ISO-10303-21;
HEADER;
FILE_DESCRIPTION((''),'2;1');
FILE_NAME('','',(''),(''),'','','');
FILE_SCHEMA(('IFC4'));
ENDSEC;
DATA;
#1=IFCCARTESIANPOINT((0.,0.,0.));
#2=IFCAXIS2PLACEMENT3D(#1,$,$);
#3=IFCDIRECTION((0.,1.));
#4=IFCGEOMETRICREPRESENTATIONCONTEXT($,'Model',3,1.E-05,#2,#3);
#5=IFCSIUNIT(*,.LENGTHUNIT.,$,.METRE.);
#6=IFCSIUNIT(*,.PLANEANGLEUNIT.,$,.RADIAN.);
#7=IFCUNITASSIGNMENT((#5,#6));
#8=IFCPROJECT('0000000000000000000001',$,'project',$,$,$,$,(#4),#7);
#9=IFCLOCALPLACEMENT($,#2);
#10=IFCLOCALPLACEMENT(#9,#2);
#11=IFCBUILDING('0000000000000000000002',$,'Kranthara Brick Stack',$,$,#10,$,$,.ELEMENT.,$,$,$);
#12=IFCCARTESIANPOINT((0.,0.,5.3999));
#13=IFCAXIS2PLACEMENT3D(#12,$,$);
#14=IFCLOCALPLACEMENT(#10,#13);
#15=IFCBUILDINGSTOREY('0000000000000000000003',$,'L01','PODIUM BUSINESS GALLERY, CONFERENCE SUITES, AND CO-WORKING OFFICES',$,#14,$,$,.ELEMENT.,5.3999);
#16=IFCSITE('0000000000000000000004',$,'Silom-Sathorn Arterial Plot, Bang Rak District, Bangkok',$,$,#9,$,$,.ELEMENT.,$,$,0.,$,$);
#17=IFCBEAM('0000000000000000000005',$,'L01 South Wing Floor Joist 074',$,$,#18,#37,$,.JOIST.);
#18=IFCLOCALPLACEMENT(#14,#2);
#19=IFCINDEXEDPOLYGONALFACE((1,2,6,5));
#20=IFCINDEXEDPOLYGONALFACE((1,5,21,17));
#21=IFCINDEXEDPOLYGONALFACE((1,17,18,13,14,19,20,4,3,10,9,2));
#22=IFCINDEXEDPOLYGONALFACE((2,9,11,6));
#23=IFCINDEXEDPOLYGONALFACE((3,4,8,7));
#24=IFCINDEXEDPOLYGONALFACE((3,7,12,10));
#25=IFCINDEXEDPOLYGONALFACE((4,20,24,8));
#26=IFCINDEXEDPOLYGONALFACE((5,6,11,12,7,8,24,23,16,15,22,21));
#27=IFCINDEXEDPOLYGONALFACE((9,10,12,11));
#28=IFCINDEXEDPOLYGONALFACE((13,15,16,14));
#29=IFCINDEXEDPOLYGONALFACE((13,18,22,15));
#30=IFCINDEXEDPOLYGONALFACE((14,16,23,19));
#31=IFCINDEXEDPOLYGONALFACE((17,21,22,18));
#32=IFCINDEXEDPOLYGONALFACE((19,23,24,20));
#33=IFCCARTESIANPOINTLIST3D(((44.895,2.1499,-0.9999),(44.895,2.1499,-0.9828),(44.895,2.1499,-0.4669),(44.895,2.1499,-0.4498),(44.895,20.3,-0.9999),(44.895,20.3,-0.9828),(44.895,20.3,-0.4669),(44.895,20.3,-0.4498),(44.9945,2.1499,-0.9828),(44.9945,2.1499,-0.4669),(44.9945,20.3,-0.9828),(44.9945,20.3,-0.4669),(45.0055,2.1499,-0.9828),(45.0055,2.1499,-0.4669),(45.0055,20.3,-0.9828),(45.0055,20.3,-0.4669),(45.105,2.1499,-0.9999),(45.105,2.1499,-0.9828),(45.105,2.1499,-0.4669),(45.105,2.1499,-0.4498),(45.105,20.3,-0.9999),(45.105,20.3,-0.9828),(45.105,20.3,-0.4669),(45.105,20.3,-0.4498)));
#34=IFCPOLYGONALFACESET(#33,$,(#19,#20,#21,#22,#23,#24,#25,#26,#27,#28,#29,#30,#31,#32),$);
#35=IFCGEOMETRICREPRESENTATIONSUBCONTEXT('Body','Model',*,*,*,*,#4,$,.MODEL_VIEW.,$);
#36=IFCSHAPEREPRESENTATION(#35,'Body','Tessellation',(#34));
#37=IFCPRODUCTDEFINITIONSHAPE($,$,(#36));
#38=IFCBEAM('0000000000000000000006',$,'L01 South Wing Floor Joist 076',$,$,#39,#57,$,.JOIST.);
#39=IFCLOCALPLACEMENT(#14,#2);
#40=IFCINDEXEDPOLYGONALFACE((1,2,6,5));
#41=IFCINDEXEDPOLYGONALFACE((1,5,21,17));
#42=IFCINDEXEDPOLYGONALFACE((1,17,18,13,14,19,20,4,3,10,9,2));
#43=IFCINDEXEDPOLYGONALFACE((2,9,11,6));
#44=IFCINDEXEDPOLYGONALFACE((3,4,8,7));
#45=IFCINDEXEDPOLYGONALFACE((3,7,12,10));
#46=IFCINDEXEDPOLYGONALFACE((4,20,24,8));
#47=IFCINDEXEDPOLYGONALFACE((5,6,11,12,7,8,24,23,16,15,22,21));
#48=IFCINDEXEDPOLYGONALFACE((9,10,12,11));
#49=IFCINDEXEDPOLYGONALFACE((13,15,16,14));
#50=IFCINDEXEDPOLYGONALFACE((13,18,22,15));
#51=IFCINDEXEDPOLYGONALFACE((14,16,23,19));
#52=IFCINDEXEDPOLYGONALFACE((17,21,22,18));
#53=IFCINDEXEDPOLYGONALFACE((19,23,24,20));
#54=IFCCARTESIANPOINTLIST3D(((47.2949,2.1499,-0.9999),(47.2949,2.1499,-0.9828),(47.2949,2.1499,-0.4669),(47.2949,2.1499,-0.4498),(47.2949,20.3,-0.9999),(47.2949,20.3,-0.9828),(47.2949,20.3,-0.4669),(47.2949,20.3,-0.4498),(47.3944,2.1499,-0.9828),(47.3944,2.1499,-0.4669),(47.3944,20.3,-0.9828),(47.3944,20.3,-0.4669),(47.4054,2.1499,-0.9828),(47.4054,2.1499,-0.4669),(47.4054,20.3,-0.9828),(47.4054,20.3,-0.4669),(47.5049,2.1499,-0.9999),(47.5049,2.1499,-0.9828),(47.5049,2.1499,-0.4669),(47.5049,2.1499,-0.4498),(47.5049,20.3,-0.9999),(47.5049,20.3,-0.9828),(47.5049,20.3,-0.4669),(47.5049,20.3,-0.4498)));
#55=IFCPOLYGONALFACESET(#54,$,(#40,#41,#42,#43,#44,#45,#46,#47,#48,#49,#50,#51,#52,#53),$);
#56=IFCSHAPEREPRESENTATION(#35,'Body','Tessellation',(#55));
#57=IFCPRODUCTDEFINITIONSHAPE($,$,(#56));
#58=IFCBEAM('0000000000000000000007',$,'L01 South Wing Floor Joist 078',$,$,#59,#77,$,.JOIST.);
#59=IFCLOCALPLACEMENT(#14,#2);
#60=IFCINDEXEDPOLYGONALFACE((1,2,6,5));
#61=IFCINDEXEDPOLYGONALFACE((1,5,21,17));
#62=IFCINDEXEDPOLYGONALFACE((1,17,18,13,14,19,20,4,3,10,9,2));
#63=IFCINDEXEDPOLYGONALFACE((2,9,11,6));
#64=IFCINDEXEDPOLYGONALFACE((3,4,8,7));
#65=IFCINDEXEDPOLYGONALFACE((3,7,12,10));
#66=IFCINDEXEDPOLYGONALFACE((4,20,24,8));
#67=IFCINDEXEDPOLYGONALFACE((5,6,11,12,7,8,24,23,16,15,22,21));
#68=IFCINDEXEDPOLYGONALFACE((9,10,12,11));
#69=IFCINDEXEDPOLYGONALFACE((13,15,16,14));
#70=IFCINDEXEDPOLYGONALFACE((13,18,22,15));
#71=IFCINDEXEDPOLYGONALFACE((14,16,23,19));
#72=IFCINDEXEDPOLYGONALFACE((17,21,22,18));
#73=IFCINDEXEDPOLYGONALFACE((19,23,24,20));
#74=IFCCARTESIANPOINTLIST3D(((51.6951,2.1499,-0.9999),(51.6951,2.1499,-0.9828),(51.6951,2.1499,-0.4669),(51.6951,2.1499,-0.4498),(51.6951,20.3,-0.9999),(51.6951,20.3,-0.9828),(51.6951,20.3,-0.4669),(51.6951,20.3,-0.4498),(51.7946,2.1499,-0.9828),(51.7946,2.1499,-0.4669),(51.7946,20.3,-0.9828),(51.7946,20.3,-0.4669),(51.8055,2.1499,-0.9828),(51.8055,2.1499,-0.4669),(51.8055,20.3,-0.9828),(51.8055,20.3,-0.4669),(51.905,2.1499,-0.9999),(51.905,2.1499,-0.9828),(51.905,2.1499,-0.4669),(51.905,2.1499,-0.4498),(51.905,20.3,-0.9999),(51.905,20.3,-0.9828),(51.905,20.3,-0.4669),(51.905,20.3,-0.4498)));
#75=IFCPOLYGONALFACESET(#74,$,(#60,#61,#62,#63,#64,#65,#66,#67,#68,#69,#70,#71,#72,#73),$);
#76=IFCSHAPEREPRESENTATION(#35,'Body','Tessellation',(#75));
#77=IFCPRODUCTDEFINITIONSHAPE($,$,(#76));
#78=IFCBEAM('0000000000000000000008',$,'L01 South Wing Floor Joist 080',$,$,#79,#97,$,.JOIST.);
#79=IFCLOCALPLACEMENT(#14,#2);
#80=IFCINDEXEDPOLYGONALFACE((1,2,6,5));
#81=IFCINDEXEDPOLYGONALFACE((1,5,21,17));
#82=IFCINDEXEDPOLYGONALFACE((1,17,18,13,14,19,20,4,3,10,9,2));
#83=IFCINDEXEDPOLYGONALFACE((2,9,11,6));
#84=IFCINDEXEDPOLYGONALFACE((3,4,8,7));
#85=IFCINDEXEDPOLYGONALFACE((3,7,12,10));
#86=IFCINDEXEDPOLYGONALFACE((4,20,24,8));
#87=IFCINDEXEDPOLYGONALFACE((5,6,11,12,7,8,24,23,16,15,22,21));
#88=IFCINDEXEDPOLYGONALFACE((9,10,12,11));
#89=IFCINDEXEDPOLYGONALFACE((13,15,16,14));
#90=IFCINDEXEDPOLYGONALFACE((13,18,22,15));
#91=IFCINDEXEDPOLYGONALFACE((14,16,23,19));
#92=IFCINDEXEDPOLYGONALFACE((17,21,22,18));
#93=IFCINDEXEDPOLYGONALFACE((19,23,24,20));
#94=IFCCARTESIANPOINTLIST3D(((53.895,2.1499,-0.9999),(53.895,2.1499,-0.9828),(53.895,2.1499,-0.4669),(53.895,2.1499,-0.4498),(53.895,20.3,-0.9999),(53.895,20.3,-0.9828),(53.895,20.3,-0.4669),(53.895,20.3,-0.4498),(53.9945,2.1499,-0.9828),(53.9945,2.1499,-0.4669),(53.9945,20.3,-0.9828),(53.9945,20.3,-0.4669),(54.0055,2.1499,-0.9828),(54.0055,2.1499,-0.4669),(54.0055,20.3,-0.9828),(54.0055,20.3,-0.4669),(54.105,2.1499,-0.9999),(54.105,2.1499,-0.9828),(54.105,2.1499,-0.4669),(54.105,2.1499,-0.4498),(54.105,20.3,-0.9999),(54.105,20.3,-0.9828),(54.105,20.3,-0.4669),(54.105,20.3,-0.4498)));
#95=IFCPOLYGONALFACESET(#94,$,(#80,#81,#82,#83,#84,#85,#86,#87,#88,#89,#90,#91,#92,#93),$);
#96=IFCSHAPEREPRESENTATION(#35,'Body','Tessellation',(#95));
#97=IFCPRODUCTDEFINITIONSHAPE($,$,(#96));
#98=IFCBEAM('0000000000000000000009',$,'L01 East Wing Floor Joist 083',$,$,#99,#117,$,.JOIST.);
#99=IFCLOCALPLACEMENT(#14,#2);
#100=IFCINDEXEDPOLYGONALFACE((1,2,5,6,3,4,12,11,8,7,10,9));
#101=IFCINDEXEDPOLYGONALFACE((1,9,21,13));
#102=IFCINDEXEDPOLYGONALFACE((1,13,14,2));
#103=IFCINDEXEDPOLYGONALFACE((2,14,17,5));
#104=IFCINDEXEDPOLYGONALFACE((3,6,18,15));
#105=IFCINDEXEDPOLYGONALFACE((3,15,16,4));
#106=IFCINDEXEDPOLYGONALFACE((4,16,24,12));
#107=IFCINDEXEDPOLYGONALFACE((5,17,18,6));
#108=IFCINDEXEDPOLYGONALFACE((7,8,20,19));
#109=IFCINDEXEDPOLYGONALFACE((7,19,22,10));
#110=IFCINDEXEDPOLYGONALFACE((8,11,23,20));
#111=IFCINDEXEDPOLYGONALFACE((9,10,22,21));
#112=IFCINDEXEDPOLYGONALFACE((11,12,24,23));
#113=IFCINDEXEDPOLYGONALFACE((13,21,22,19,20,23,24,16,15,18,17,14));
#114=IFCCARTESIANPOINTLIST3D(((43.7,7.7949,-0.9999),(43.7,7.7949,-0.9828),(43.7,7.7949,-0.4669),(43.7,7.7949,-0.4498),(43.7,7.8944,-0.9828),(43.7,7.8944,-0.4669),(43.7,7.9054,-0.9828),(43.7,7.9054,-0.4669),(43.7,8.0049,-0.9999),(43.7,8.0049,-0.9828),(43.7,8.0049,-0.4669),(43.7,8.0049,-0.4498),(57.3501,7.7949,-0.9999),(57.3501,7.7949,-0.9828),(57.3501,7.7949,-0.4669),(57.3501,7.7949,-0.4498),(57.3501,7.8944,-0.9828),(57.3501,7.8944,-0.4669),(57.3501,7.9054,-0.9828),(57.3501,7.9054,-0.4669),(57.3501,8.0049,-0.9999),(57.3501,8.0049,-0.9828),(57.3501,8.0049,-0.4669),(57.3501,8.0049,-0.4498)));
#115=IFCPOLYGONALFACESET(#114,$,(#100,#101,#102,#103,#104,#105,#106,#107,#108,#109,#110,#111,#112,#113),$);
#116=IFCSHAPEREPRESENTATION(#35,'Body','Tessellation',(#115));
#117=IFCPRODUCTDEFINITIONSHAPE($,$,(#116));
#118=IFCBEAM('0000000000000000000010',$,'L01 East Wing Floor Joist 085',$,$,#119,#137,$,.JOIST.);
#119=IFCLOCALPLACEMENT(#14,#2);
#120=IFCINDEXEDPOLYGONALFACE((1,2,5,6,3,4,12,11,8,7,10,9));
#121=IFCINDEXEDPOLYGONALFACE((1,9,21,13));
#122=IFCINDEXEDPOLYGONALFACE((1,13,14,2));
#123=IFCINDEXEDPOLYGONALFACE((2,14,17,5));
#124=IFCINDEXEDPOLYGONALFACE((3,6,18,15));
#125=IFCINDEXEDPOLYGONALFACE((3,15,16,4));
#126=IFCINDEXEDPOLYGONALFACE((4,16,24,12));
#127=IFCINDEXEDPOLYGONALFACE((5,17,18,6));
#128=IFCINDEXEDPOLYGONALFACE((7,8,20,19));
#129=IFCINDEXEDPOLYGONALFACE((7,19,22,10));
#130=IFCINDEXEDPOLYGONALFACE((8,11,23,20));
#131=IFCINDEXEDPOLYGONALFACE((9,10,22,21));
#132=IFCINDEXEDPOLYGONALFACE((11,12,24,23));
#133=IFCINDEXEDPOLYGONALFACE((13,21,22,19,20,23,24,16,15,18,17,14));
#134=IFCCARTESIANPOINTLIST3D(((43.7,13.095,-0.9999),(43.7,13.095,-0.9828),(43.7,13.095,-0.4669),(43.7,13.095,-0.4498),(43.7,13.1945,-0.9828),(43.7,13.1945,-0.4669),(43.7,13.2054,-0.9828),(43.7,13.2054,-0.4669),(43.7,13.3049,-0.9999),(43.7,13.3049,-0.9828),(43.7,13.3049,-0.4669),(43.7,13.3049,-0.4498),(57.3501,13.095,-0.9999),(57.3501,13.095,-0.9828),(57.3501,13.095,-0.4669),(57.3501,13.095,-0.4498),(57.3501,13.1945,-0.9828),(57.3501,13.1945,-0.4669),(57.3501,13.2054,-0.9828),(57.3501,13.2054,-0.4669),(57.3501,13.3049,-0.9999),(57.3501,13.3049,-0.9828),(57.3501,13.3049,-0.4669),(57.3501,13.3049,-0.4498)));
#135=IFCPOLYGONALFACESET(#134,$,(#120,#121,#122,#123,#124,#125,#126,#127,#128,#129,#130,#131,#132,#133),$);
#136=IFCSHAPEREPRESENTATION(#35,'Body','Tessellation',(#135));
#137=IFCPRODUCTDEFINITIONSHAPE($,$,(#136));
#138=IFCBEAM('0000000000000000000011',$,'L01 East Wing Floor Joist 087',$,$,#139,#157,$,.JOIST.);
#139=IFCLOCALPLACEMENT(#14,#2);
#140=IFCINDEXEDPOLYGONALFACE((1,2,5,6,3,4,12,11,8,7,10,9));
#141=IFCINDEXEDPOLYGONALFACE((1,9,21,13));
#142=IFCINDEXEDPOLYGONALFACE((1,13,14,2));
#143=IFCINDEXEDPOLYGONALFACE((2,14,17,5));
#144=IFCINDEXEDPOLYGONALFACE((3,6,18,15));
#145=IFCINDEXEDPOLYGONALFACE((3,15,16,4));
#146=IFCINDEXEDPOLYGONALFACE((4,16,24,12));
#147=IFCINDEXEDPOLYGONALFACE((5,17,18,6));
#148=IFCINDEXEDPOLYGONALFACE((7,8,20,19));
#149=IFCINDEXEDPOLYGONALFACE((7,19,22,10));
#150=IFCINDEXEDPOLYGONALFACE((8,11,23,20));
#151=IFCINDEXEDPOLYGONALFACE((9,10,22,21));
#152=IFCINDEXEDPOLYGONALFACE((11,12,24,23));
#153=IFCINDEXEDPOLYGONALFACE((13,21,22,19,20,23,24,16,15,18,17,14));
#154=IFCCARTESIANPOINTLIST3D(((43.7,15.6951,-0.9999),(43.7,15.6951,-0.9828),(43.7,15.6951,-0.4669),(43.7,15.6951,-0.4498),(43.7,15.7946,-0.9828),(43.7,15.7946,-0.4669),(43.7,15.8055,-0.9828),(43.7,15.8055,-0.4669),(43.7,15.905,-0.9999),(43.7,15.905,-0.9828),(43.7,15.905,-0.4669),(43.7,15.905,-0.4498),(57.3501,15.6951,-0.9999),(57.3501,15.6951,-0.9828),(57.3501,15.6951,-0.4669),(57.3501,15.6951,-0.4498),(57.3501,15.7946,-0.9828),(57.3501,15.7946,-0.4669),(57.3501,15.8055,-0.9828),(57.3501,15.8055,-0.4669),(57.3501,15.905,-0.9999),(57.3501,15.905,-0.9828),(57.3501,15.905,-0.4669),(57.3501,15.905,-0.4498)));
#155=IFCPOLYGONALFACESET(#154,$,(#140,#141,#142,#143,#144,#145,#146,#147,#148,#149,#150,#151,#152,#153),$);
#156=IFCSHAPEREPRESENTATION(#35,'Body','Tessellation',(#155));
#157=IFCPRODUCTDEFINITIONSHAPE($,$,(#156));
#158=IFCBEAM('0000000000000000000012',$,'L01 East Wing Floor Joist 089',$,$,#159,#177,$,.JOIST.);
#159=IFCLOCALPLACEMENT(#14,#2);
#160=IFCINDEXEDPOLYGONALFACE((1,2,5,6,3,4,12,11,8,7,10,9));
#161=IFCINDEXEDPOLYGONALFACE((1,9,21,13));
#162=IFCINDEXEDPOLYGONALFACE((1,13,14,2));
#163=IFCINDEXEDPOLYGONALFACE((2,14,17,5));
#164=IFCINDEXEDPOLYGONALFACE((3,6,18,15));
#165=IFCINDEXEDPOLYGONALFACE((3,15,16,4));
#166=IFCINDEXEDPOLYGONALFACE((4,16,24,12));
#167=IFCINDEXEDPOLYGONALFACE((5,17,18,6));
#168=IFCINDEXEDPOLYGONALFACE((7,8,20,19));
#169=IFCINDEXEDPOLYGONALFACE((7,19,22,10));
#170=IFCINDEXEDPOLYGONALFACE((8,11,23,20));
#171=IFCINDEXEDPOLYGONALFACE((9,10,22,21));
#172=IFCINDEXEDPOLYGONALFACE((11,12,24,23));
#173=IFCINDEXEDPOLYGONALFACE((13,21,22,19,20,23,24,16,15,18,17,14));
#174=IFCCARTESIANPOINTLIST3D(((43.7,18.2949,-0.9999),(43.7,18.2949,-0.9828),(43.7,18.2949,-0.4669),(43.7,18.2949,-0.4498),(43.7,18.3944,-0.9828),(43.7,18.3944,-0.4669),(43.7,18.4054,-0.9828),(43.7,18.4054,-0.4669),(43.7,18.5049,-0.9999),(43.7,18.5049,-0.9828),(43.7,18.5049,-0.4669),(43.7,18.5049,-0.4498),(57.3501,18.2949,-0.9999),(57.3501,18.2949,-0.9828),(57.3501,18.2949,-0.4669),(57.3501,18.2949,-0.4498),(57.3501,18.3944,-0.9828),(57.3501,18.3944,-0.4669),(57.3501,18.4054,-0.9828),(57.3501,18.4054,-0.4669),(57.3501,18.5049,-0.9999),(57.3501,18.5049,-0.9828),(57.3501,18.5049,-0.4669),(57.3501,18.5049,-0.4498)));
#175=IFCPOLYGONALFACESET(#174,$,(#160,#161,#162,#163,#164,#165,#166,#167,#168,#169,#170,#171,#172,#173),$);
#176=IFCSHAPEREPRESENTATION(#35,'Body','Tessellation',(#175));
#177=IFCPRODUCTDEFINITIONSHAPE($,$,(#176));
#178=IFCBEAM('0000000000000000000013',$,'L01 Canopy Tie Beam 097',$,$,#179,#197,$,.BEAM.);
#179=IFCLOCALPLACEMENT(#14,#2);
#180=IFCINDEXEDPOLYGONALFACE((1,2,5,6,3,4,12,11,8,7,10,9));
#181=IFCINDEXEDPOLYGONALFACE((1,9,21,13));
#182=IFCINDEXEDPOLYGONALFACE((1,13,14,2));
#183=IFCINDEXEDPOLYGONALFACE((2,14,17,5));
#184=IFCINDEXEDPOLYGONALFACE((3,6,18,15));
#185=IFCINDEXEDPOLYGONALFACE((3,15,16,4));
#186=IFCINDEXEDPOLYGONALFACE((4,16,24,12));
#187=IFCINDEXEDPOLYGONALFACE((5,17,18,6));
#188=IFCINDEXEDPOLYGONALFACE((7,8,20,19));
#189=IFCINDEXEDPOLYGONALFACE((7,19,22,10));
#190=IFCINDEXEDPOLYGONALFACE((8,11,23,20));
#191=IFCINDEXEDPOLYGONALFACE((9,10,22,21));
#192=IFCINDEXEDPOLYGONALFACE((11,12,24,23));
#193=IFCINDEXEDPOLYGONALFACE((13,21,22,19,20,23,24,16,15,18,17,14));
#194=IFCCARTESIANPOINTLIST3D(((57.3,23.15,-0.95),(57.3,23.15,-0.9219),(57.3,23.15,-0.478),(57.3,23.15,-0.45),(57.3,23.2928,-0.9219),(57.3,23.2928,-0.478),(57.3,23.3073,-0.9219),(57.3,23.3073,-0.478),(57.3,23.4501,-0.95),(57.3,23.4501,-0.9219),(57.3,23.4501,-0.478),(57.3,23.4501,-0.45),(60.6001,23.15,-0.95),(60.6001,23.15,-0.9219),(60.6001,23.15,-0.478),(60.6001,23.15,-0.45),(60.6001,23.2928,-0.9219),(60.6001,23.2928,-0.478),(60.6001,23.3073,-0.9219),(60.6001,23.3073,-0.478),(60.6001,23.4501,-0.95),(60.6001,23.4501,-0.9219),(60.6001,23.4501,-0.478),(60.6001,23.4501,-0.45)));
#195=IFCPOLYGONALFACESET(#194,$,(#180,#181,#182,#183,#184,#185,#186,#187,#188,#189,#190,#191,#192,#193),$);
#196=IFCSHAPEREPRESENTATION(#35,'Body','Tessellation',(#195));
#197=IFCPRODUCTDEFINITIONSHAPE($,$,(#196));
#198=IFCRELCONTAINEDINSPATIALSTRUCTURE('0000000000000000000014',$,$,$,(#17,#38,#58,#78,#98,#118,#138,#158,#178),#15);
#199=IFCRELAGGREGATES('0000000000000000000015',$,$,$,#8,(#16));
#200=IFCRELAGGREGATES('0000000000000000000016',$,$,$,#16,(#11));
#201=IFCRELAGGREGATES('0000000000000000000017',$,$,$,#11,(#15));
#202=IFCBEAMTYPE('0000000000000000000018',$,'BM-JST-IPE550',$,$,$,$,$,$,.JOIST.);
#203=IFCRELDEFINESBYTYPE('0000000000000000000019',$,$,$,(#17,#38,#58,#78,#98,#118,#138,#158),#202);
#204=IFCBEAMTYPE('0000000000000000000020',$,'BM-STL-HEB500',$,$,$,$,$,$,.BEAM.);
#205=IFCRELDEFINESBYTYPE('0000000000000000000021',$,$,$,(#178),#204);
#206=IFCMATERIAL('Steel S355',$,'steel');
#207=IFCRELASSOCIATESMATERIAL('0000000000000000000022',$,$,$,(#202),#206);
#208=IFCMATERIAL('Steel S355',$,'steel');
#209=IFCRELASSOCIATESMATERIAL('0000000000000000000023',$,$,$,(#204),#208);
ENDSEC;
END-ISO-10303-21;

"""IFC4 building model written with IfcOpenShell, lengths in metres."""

from ifc_helpers import new_model, si_unit, direction, frame, origin, origin_2d, place, context, subcontext, project, spatial, i_section, extrude, material, material_profile, profile_set, type_object, element, save


model = new_model("IFC4")

# Units and contexts
model_context = context("Model", 3, precision=1e-05, world=origin(), true_north=direction((0.0, 1.0)))
body_context = subcontext(model_context, "Body", "Model", "MODEL_VIEW")
ifc_project = project(units=[si_unit("LENGTHUNIT", "METRE"), si_unit("PLANEANGLEUNIT", "RADIAN")], contexts=[model_context])

# Site, building, storey
site_placement = place(None, origin())
site = spatial("IfcSite", under=ifc_project, at=site_placement, Name="Silom-Sathorn Arterial Plot, Bang Rak District, Bangkok", CompositionType="ELEMENT", RefElevation=0.0)
building_placement = place(site_placement, origin())
building = spatial("IfcBuilding", under=site, at=building_placement, Name="Kranthara Brick Stack", CompositionType="ELEMENT")
storey_placement = place(building_placement, frame((0.0, 0.0, 5.3999)))
storey = spatial("IfcBuildingStorey", under=building, at=storey_placement, Name="L01", Description="PODIUM BUSINESS GALLERY, CONFERENCE SUITES, AND CO-WORKING OFFICES", CompositionType="ELEMENT", Elevation=5.3999)

# Beams
ifc_material_1 = material(Name="Steel S355", Category="steel")
ifc_material_profile_1 = material_profile(ifc_material_1, i_section(OverallWidth=0.21, OverallDepth=0.55, WebThickness=0.011, FlangeThickness=0.0171, at=origin_2d()), Name="IPE 550")
ifc_profile_set_1 = profile_set([ifc_material_profile_1], Name="Steel S355")
beam_type_1 = type_object("IfcBeamType", Name="BM-JST-IPE550", PredefinedType="JOIST", material=ifc_profile_set_1)
for number, where, z_axis, x_axis, name in (
    (1, (45.0, 2.1499, -0.7249), (0.0, 1.0, 0.0), (-1.0, 0.0, 0.0), "L01 South Wing Floor Joist 074"),
    (2, (47.3999, 2.1499, -0.7249), (0.0, 1.0, 0.0), (-1.0, 0.0, 0.0), "L01 South Wing Floor Joist 076"),
    (3, (51.8, 2.1499, -0.7249), (0.0, 1.0, 0.0), (-1.0, 0.0, 0.0), "L01 South Wing Floor Joist 078"),
    (4, (54.0, 2.1499, -0.7249), (0.0, 1.0, 0.0), (-1.0, 0.0, 0.0), "L01 South Wing Floor Joist 080"),
):
    element("IfcBeam", number, at=place(storey_placement, frame(where, z_axis=z_axis, x_axis=x_axis)), inside=storey, type_object=beam_type_1, Name=name, PredefinedType="JOIST", context=body_context, shape_type="SweptSolid", body=[
        extrude(i_section(OverallWidth=0.21, OverallDepth=0.55, WebThickness=0.011, FlangeThickness=0.0171, at=origin_2d()), origin(), (0.0, 0.0, 1.0), 18.1501),
    ])
for number, where, z_axis, x_axis, name in (
    (5, (43.7, 7.8999, -0.7249), (1.0, 0.0, 0.0), (0.0, 1.0, 0.0), "L01 East Wing Floor Joist 083"),
    (6, (43.7, 13.2, -0.7249), (1.0, 0.0, 0.0), (0.0, 1.0, 0.0), "L01 East Wing Floor Joist 085"),
    (7, (43.7, 15.8, -0.7249), (1.0, 0.0, 0.0), (0.0, 1.0, 0.0), "L01 East Wing Floor Joist 087"),
    (8, (43.7, 18.3999, -0.7249), (1.0, 0.0, 0.0), (0.0, 1.0, 0.0), "L01 East Wing Floor Joist 089"),
):
    element("IfcBeam", number, at=place(storey_placement, frame(where, z_axis=z_axis, x_axis=x_axis)), inside=storey, type_object=beam_type_1, Name=name, PredefinedType="JOIST", context=body_context, shape_type="SweptSolid", body=[
        extrude(i_section(OverallWidth=0.21, OverallDepth=0.55, WebThickness=0.011, FlangeThickness=0.0171, at=origin_2d()), origin(), (0.0, 0.0, 1.0), 13.6501),
    ])
ifc_material_2 = material(Name="Steel S355", Category="steel")
ifc_material_profile_2 = material_profile(ifc_material_2, i_section(OverallWidth=0.3, OverallDepth=0.5, WebThickness=0.0144, FlangeThickness=0.0281, at=origin_2d()), Name="HEB 500")
ifc_profile_set_2 = profile_set([ifc_material_profile_2], Name="Steel S355")
beam_type_2 = type_object("IfcBeamType", Name="BM-STL-HEB500", PredefinedType="BEAM", material=ifc_profile_set_2)
beam_1_placement = place(storey_placement, frame((57.3, 23.3, -0.7), z_axis=(1.0, 0.0, 0.0), x_axis=(0.0, 1.0, 0.0)))
element("IfcBeam", 9, at=beam_1_placement, inside=storey, type_object=beam_type_2, Name="L01 Canopy Tie Beam 097", PredefinedType="BEAM", context=body_context, shape_type="SweptSolid", body=[
    extrude(i_section(OverallWidth=0.3, OverallDepth=0.5, WebThickness=0.0144, FlangeThickness=0.0281, at=origin_2d()), origin(), (0.0, 0.0, 1.0), 3.3),
])

save(model, "model.ifc")
